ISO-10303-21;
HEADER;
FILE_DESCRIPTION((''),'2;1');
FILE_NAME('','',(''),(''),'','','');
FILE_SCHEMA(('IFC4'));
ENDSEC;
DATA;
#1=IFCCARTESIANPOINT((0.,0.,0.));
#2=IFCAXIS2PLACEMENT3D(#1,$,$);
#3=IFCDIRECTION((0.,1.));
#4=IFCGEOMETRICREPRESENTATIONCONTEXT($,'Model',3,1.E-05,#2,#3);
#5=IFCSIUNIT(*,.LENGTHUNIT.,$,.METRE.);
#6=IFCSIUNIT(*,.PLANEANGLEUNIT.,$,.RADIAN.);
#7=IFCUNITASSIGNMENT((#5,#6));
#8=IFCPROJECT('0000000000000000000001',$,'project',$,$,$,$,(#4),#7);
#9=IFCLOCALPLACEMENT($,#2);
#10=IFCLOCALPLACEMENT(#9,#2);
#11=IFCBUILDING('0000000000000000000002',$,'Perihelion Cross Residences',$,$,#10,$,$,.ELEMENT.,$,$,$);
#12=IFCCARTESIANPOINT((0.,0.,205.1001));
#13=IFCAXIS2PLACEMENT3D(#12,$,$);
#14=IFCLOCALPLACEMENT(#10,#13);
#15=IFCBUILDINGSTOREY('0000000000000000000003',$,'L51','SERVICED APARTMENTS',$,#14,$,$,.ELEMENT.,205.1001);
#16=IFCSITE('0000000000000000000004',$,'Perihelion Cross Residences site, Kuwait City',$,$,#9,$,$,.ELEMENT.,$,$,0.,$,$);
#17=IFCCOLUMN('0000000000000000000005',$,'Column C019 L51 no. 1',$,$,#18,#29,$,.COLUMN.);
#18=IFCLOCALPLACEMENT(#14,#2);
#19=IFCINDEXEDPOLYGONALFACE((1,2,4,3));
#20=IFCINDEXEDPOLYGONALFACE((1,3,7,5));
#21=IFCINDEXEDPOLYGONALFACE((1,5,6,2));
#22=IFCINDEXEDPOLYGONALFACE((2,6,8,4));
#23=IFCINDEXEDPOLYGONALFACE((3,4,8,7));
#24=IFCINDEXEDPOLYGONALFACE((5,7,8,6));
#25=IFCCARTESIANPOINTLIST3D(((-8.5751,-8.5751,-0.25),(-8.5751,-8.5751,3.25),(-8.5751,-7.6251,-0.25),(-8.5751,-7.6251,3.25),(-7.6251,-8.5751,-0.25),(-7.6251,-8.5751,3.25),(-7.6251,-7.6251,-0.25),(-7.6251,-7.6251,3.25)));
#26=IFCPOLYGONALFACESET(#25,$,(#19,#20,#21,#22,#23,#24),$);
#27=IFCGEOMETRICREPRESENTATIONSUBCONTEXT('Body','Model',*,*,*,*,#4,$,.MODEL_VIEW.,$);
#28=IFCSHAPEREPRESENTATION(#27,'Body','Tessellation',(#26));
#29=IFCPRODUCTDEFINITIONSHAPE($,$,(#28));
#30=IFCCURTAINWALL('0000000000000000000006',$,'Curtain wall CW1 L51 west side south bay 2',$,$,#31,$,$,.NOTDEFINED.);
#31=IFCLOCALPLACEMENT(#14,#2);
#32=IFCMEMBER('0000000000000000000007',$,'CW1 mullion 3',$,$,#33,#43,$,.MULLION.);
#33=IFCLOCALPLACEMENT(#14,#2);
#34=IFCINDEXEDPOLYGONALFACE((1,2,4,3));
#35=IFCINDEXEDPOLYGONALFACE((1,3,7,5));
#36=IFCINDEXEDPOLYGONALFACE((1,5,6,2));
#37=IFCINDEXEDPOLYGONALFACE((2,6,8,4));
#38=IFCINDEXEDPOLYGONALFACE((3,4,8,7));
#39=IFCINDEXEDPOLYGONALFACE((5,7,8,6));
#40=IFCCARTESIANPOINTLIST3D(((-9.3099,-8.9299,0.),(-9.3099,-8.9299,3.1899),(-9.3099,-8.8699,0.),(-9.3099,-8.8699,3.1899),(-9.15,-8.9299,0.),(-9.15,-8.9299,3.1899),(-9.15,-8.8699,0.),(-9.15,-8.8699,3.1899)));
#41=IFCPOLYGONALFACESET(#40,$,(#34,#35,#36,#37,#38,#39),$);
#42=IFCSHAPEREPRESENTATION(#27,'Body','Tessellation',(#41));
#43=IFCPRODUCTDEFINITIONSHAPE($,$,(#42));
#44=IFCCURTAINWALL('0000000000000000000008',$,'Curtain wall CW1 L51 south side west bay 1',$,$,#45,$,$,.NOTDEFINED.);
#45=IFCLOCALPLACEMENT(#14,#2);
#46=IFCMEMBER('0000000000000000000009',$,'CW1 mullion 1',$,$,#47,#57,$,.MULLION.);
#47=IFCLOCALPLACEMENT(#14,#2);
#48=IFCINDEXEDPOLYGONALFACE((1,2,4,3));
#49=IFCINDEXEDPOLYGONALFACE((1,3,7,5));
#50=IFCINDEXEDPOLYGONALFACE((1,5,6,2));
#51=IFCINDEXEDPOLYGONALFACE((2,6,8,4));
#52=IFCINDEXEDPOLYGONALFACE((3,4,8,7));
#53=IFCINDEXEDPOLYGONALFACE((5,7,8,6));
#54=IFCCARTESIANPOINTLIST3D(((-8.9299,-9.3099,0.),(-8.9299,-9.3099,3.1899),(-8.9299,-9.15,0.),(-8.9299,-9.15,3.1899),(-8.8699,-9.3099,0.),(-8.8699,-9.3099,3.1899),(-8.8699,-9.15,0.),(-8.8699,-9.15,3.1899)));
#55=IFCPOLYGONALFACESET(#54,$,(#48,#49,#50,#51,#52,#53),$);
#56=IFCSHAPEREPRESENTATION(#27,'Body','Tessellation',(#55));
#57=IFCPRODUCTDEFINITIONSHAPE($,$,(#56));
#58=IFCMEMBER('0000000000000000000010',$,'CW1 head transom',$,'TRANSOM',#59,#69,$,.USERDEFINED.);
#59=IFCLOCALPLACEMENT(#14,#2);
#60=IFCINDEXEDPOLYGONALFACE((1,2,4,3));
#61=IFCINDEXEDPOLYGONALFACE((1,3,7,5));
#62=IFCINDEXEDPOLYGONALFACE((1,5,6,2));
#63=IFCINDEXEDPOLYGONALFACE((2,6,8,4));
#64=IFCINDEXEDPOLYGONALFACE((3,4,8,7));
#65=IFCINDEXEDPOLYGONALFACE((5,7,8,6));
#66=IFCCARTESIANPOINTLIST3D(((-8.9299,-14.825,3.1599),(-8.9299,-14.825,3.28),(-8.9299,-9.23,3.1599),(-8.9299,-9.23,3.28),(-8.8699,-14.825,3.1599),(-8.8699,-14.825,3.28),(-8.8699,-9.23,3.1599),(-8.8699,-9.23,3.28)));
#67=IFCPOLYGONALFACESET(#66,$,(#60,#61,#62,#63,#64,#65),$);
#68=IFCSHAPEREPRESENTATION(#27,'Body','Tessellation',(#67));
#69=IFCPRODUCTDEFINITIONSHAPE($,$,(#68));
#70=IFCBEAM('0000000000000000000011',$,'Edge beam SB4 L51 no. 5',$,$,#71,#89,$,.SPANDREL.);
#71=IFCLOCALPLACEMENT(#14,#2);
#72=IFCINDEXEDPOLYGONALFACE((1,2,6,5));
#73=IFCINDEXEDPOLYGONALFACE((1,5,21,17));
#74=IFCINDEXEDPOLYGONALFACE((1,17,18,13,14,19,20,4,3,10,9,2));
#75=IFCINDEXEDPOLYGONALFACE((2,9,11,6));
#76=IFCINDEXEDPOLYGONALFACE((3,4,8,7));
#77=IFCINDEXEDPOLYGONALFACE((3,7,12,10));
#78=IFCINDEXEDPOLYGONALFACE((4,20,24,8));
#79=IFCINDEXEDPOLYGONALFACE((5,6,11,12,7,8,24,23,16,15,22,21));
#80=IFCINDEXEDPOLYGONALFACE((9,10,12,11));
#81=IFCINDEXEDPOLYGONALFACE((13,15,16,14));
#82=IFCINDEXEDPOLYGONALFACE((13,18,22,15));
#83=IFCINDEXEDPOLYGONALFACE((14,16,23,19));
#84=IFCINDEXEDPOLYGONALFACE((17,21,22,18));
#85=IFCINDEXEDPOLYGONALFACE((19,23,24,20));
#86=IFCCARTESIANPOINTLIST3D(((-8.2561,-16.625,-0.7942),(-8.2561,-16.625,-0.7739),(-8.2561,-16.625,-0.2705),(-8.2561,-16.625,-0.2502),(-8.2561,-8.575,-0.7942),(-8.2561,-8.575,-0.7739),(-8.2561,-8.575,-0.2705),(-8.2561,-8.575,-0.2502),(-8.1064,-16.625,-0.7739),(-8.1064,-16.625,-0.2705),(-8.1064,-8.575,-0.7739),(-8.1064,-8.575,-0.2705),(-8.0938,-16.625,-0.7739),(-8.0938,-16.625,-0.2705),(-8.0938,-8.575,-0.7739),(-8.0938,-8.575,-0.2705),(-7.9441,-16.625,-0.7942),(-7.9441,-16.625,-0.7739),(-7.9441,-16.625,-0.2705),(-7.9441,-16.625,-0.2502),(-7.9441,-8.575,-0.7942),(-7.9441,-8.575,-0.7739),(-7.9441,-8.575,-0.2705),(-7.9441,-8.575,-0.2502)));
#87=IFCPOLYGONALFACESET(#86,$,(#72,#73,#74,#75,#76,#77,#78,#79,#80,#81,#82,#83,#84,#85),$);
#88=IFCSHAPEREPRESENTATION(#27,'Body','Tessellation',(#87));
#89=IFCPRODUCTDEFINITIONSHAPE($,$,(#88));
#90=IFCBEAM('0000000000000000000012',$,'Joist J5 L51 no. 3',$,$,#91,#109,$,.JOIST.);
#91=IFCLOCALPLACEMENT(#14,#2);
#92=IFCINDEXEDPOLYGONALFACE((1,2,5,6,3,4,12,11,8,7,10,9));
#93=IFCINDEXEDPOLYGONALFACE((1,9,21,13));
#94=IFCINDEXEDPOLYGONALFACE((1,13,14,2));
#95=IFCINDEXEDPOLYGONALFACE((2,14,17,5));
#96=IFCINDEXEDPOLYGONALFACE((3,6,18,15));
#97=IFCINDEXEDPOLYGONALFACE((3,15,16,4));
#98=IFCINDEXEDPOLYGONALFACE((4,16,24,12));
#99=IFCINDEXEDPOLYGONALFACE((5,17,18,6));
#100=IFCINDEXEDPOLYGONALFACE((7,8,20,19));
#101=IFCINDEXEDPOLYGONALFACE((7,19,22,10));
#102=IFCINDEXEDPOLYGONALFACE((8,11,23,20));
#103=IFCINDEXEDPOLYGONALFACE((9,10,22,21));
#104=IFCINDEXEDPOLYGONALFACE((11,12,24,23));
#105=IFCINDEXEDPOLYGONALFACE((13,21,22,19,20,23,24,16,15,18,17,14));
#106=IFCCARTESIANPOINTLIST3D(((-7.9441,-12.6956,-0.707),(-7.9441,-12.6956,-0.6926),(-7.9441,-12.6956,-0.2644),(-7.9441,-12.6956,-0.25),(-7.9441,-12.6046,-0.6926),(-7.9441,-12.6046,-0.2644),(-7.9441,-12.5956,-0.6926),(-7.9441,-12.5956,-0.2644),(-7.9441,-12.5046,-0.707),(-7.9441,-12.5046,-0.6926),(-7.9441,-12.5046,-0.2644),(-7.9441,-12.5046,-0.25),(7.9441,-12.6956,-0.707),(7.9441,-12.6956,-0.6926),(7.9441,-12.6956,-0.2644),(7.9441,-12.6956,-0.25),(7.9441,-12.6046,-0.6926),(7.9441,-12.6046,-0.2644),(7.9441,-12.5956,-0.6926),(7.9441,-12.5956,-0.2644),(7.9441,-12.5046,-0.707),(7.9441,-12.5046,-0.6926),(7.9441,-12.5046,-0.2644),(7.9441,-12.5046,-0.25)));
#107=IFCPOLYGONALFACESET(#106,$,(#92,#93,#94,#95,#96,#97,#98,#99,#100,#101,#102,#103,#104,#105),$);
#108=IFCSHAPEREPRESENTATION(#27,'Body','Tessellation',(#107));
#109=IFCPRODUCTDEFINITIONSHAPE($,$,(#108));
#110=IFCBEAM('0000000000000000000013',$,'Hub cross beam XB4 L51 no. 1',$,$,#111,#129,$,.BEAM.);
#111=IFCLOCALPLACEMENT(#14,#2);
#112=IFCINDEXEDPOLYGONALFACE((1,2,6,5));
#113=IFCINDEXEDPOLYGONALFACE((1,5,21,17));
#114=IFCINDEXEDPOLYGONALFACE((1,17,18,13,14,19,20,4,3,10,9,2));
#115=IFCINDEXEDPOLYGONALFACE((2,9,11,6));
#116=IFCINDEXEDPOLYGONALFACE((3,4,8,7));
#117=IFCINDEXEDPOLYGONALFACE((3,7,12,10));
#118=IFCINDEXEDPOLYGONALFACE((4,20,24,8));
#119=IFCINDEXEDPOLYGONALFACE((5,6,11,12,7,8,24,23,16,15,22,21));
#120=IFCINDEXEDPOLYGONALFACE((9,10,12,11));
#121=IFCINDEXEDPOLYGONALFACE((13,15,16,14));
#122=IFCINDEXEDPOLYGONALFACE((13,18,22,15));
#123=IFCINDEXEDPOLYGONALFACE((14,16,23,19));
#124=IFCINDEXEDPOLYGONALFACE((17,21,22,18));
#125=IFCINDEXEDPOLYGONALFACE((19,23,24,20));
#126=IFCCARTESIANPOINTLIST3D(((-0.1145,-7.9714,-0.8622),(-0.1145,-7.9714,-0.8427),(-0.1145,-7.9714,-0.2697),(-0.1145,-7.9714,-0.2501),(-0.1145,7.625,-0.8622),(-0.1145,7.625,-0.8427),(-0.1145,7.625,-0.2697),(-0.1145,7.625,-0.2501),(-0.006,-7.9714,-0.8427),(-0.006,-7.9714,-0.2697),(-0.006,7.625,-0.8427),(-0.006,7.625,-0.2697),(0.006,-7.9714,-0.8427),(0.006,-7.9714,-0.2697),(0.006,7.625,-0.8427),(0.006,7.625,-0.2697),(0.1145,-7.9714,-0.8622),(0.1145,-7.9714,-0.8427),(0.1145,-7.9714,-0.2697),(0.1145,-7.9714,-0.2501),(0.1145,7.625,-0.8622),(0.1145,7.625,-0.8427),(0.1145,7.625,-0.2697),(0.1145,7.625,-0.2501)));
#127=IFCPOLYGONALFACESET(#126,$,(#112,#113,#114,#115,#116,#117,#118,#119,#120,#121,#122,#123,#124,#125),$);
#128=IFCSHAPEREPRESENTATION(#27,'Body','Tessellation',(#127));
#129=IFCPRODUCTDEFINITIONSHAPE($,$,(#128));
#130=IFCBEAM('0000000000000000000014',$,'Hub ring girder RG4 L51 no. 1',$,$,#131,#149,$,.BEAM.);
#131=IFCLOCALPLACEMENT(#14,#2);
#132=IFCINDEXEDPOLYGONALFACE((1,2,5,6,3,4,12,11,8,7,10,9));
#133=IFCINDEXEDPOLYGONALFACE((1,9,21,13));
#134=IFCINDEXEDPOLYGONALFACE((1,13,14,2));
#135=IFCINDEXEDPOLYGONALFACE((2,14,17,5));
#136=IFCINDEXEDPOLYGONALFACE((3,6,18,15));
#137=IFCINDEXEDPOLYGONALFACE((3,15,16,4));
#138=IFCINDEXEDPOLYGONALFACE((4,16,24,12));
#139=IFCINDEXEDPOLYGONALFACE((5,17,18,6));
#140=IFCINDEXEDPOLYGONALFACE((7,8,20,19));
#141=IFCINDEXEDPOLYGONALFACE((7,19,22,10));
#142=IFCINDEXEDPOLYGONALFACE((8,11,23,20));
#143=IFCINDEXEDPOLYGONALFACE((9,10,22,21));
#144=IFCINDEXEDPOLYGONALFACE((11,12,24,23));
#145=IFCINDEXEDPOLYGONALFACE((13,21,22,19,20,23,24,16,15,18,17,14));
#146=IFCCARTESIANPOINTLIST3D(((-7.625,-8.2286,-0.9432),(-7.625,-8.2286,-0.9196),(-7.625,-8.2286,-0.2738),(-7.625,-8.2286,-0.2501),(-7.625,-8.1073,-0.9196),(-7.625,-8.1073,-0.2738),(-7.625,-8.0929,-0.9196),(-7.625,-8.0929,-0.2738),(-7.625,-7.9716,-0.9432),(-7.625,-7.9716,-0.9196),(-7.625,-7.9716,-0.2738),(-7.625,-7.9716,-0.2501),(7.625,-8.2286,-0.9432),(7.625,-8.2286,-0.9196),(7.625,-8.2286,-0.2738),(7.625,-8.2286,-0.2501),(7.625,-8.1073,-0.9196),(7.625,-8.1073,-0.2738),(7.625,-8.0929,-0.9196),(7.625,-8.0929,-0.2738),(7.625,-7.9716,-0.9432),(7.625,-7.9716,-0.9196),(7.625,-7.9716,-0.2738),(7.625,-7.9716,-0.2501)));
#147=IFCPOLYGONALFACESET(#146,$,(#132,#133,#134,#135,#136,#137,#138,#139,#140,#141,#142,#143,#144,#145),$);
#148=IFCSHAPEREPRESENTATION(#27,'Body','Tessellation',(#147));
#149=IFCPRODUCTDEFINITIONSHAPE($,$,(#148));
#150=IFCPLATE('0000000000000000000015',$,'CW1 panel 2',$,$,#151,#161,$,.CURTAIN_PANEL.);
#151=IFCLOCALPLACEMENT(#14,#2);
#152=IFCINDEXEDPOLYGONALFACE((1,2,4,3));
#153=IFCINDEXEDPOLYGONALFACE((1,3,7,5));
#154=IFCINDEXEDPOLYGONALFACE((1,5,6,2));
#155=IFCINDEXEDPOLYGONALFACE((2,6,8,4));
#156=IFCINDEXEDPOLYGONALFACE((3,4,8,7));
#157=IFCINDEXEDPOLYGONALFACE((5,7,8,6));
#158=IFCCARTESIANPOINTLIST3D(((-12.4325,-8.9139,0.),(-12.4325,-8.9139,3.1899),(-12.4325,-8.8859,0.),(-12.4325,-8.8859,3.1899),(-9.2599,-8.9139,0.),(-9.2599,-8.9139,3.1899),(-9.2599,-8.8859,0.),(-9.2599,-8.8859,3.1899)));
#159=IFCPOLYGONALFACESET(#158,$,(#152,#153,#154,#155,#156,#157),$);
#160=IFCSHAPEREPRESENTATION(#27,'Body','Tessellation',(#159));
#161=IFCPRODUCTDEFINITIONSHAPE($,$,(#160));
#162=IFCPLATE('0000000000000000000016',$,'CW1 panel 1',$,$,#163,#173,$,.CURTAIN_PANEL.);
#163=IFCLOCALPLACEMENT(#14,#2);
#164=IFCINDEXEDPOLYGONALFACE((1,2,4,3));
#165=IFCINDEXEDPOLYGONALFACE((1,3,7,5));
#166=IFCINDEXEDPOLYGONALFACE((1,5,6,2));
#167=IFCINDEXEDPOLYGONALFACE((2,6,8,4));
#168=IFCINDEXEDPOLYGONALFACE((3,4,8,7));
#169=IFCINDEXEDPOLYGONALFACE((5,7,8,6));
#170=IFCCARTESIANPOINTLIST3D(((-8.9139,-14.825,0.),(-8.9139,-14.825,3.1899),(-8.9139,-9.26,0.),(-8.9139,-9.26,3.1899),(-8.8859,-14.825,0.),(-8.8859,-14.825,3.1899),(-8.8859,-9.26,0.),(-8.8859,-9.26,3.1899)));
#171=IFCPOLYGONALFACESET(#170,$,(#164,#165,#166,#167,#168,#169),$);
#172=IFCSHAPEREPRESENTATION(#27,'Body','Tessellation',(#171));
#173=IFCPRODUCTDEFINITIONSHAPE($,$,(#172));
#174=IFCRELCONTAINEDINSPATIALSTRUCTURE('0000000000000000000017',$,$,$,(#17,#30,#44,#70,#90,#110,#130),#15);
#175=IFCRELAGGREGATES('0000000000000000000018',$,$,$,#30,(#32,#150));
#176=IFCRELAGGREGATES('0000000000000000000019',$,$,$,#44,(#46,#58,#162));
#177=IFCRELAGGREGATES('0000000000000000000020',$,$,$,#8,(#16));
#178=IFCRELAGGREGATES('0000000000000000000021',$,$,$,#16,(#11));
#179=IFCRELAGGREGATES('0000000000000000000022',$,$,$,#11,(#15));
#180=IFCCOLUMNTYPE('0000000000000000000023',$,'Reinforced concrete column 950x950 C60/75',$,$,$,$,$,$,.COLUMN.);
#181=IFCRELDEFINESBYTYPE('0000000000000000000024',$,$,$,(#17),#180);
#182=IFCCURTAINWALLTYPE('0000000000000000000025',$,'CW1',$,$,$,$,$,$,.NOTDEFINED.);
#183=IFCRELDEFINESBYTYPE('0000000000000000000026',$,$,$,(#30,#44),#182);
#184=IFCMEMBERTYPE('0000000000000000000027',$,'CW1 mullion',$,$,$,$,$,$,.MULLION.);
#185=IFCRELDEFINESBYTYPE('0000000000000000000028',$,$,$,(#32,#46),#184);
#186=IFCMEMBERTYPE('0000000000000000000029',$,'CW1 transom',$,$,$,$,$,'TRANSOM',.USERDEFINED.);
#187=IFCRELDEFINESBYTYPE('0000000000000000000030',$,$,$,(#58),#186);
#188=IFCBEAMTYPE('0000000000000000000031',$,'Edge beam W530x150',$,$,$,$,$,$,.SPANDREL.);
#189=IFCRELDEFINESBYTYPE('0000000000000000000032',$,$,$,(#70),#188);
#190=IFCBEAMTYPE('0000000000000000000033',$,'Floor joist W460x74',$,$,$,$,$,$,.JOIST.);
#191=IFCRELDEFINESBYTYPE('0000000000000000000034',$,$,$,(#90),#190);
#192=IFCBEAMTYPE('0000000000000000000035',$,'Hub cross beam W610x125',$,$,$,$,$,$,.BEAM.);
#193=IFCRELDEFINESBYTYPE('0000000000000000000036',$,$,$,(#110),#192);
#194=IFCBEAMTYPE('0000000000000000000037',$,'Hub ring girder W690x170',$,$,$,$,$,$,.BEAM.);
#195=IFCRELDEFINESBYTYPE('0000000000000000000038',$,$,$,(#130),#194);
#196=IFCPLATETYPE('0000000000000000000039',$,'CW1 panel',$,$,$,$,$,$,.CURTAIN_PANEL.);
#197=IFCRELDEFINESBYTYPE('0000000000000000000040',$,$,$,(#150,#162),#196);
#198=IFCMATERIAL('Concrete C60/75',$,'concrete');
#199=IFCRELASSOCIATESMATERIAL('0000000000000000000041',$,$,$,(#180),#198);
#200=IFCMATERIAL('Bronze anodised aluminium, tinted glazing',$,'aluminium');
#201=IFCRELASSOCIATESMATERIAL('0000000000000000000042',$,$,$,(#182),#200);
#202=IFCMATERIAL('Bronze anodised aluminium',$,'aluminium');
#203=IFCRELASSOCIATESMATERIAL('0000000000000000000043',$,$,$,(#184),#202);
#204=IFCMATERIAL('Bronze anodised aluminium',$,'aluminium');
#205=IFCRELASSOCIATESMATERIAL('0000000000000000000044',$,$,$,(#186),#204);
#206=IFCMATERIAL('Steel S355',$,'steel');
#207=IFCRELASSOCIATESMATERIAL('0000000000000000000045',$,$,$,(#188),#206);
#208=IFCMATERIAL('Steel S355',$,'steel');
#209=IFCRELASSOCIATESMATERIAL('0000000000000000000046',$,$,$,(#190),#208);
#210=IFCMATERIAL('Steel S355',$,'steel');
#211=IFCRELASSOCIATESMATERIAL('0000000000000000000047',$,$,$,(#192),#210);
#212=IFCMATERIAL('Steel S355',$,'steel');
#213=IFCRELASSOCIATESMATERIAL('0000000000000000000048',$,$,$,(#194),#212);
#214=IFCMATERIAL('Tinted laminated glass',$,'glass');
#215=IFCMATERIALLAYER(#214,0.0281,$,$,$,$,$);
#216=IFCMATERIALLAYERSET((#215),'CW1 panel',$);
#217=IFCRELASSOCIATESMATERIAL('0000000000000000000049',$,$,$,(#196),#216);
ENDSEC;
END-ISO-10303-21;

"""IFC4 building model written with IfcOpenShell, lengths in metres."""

from ifc_helpers import new_model, si_unit, direction, frame, origin, origin_2d, place, context, subcontext, project, spatial, rectangle, i_section, extrude, material, layer, layer_set, material_profile, profile_set, type_object, element, aggregate, save


model = new_model("IFC4")

# Units and contexts
model_context = context("Model", 3, precision=1e-05, world=origin(), true_north=direction((0.0, 1.0)))
body_context = subcontext(model_context, "Body", "Model", "MODEL_VIEW")
ifc_project = project(units=[si_unit("LENGTHUNIT", "METRE"), si_unit("PLANEANGLEUNIT", "RADIAN")], contexts=[model_context])

# Site, building, storey
site_placement = place(None, origin())
site = spatial("IfcSite", under=ifc_project, at=site_placement, Name="Perihelion Cross Residences site, Kuwait City", CompositionType="ELEMENT", RefElevation=0.0)
building_placement = place(site_placement, origin())
building = spatial("IfcBuilding", under=site, at=building_placement, Name="Perihelion Cross Residences", CompositionType="ELEMENT")
storey_placement = place(building_placement, frame((0.0, 0.0, 205.1001)))
storey = spatial("IfcBuildingStorey", under=building, at=storey_placement, Name="L51", Description="SERVICED APARTMENTS", CompositionType="ELEMENT", Elevation=205.1001)

# Column
ifc_material_1 = material(Name="Concrete C60/75", Category="concrete")
ifc_material_profile_1 = material_profile(ifc_material_1, rectangle(XDim=0.95, YDim=0.95, at=origin_2d()), Name="RC 950x950")
ifc_profile_set_1 = profile_set([ifc_material_profile_1], Name="Concrete C60/75")
column_type = type_object("IfcColumnType", Name="Reinforced concrete column 950x950 C60/75", PredefinedType="COLUMN", material=ifc_profile_set_1)
column_placement = place(storey_placement, frame((-8.1001, -8.1001, -0.25), z_axis=(0.0, 0.0, 1.0), x_axis=(1.0, 0.0, 0.0)))
element("IfcColumn", 1, at=column_placement, inside=storey, type_object=column_type, Name="Column C019 L51 no. 1", PredefinedType="COLUMN", context=body_context, shape_type="SweptSolid", body=[
    extrude(rectangle(XDim=0.95, YDim=0.95, at=origin_2d()), origin(), (0.0, 0.0, 1.0), 3.5),
])

# Curtain wall, member
ifc_material_2 = material(Name="Bronze anodised aluminium, tinted glazing", Category="aluminium")
curtain_wall_type = type_object("IfcCurtainWallType", Name="CW1", PredefinedType="NOTDEFINED", material=ifc_material_2)
curtain_wall_1_placement = place(storey_placement, origin())
curtain_wall_1 = element("IfcCurtainWall", 2, at=curtain_wall_1_placement, inside=storey, type_object=curtain_wall_type, Name="Curtain wall CW1 L51 west side south bay 2", PredefinedType="NOTDEFINED")
ifc_material_3 = material(Name="Bronze anodised aluminium", Category="aluminium")
ifc_material_profile_2 = material_profile(ifc_material_3, rectangle(XDim=0.0601, YDim=0.1599, at=origin_2d()), Name="CW1 mullion")
ifc_profile_set_2 = profile_set([ifc_material_profile_2], Name="Bronze anodised aluminium")
member_type_1 = type_object("IfcMemberType", Name="CW1 mullion", PredefinedType="MULLION", material=ifc_profile_set_2)
member_1_placement = place(storey_placement, frame((-9.23, -8.8999, 0.0), z_axis=(0.0, 0.0, 1.0), x_axis=(0.0, 1.0, 0.0)))
member_1 = element("IfcMember", 3, at=member_1_placement, type_object=member_type_1, Name="CW1 mullion 3", PredefinedType="MULLION", context=body_context, shape_type="SweptSolid", body=[
    extrude(rectangle(XDim=0.0601, YDim=0.1599, at=origin_2d()), origin(), (0.0, 0.0, 1.0), 3.1899),
])

# Curtain wall, members
curtain_wall_2_placement = place(storey_placement, origin())
curtain_wall_2 = element("IfcCurtainWall", 4, at=curtain_wall_2_placement, inside=storey, type_object=curtain_wall_type, Name="Curtain wall CW1 L51 south side west bay 1", PredefinedType="NOTDEFINED")
member_2_placement = place(storey_placement, frame((-8.8999, -9.23, 0.0), z_axis=(0.0, 0.0, 1.0), x_axis=(1.0, 0.0, 0.0)))
member_2 = element("IfcMember", 5, at=member_2_placement, type_object=member_type_1, Name="CW1 mullion 1", PredefinedType="MULLION", context=body_context, shape_type="SweptSolid", body=[
    extrude(rectangle(XDim=0.0601, YDim=0.1599, at=origin_2d()), origin(), (0.0, 0.0, 1.0), 3.1899),
])
ifc_material_4 = material(Name="Bronze anodised aluminium", Category="aluminium")
ifc_material_profile_3 = material_profile(ifc_material_4, rectangle(XDim=0.0601, YDim=0.1201, at=origin_2d()), Name="CW1 transom")
ifc_profile_set_3 = profile_set([ifc_material_profile_3], Name="Bronze anodised aluminium")
member_type_2 = type_object("IfcMemberType", Name="CW1 transom", ElementType="TRANSOM", PredefinedType="USERDEFINED", material=ifc_profile_set_3)
member_3_placement = place(storey_placement, frame((-8.8999, -9.23, 3.22), z_axis=(0.0, -1.0, 0.0), x_axis=(1.0, 0.0, 0.0)))
member_3 = element("IfcMember", 6, at=member_3_placement, type_object=member_type_2, Name="CW1 head transom", ObjectType="TRANSOM", PredefinedType="USERDEFINED", context=body_context, shape_type="SweptSolid", body=[
    extrude(rectangle(XDim=0.0601, YDim=0.1201, at=origin_2d()), origin(), (0.0, 0.0, 1.0), 5.595),
])

# Beams
ifc_material_5 = material(Name="Steel S355", Category="steel")
ifc_material_profile_4 = material_profile(ifc_material_5, i_section(OverallWidth=0.312, OverallDepth=0.5439, WebThickness=0.0127, FlangeThickness=0.0203, at=origin_2d()), Name="W530x150")
ifc_profile_set_4 = profile_set([ifc_material_profile_4], Name="Steel S355")
beam_type_1 = type_object("IfcBeamType", Name="Edge beam W530x150", PredefinedType="SPANDREL", material=ifc_profile_set_4)
beam_1_placement = place(storey_placement, frame((-8.1001, -8.575, -0.5222), z_axis=(0.0, -1.0, 0.0), x_axis=(1.0, 0.0, 0.0)))
element("IfcBeam", 7, at=beam_1_placement, inside=storey, type_object=beam_type_1, Name="Edge beam SB4 L51 no. 5", PredefinedType="SPANDREL", context=body_context, shape_type="SweptSolid", body=[
    extrude(i_section(OverallWidth=0.312, OverallDepth=0.5439, WebThickness=0.0127, FlangeThickness=0.0203, at=origin_2d()), origin(), (0.0, 0.0, 1.0), 8.05),
])
ifc_material_6 = material(Name="Steel S355", Category="steel")
ifc_material_profile_5 = material_profile(ifc_material_6, i_section(OverallWidth=0.1909, OverallDepth=0.457, WebThickness=0.009, FlangeThickness=0.0144, at=origin_2d()), Name="W460x74")
ifc_profile_set_5 = profile_set([ifc_material_profile_5], Name="Steel S355")
beam_type_2 = type_object("IfcBeamType", Name="Floor joist W460x74", PredefinedType="JOIST", material=ifc_profile_set_5)
beam_2_placement = place(storey_placement, frame((-7.9441, -12.6001, -0.4785), z_axis=(1.0, 0.0, 0.0), x_axis=(0.0, 1.0, 0.0)))
element("IfcBeam", 8, at=beam_2_placement, inside=storey, type_object=beam_type_2, Name="Joist J5 L51 no. 3", PredefinedType="JOIST", context=body_context, shape_type="SweptSolid", body=[
    extrude(i_section(OverallWidth=0.1909, OverallDepth=0.457, WebThickness=0.009, FlangeThickness=0.0144, at=origin_2d()), origin(), (0.0, 0.0, 1.0), 15.8882),
])
ifc_material_7 = material(Name="Steel S355", Category="steel")
ifc_material_profile_6 = material_profile(ifc_material_7, i_section(OverallWidth=0.229, OverallDepth=0.6121, WebThickness=0.012, FlangeThickness=0.0195, at=origin_2d()), Name="W610x125")
ifc_profile_set_6 = profile_set([ifc_material_profile_6], Name="Steel S355")
beam_type_3 = type_object("IfcBeamType", Name="Hub cross beam W610x125", PredefinedType="BEAM", material=ifc_profile_set_6)
beam_3_placement = place(storey_placement, frame((0.0, -7.9714, -0.5562), z_axis=(0.0, 1.0, 0.0), x_axis=(-1.0, 0.0, 0.0)))
element("IfcBeam", 9, at=beam_3_placement, inside=storey, type_object=beam_type_3, Name="Hub cross beam XB4 L51 no. 1", PredefinedType="BEAM", context=body_context, shape_type="SweptSolid", body=[
    extrude(i_section(OverallWidth=0.229, OverallDepth=0.6121, WebThickness=0.012, FlangeThickness=0.0195, at=origin_2d()), origin(), (0.0, 0.0, 1.0), 15.5964),
])
ifc_material_8 = material(Name="Steel S355", Category="steel")
ifc_material_profile_7 = material_profile(ifc_material_8, i_section(OverallWidth=0.2571, OverallDepth=0.6931, WebThickness=0.0144, FlangeThickness=0.0237, at=origin_2d()), Name="W690x170")
ifc_profile_set_7 = profile_set([ifc_material_profile_7], Name="Steel S355")
beam_type_4 = type_object("IfcBeamType", Name="Hub ring girder W690x170", PredefinedType="BEAM", material=ifc_profile_set_7)
beam_4_placement = place(storey_placement, frame((-7.625, -8.1001, -0.5967), z_axis=(1.0, 0.0, 0.0), x_axis=(0.0, 1.0, 0.0)))
element("IfcBeam", 10, at=beam_4_placement, inside=storey, type_object=beam_type_4, Name="Hub ring girder RG4 L51 no. 1", PredefinedType="BEAM", context=body_context, shape_type="SweptSolid", body=[
    extrude(i_section(OverallWidth=0.2571, OverallDepth=0.6931, WebThickness=0.0144, FlangeThickness=0.0237, at=origin_2d()), origin(), (0.0, 0.0, 1.0), 15.25),
])

# Plates
ifc_material_9 = material(Name="Tinted laminated glass", Category="glass")
ifc_layer_1 = layer(ifc_material_9, 0.0281)
ifc_layer_set_1 = layer_set([ifc_layer_1], Name="CW1 panel")
plate_type = type_object("IfcPlateType", Name="CW1 panel", PredefinedType="CURTAIN_PANEL", material=ifc_layer_set_1)
plate_1_placement = place(storey_placement, frame((-10.8462, -8.8999, 0.0), z_axis=(0.0, 0.0, 1.0), x_axis=(1.0, 0.0, 0.0)))
plate_1 = element("IfcPlate", 11, at=plate_1_placement, type_object=plate_type, Name="CW1 panel 2", PredefinedType="CURTAIN_PANEL", context=body_context, shape_type="SweptSolid", body=[
    extrude(rectangle(XDim=3.1726, YDim=0.0281, at=origin_2d()), origin(), (0.0, 0.0, 1.0), 3.1899),
])
aggregate(curtain_wall_1, [member_1, plate_1])
plate_2_placement = place(storey_placement, frame((-8.8999, -12.0425, 0.0), z_axis=(0.0, 0.0, 1.0), x_axis=(0.0, -1.0, 0.0)))
plate_2 = element("IfcPlate", 12, at=plate_2_placement, type_object=plate_type, Name="CW1 panel 1", PredefinedType="CURTAIN_PANEL", context=body_context, shape_type="SweptSolid", body=[
    extrude(rectangle(XDim=5.5649, YDim=0.0281, at=origin_2d()), origin(), (0.0, 0.0, 1.0), 3.1899),
])
aggregate(curtain_wall_2, [member_2, member_3, plate_2])

save(model, "model.ifc")
